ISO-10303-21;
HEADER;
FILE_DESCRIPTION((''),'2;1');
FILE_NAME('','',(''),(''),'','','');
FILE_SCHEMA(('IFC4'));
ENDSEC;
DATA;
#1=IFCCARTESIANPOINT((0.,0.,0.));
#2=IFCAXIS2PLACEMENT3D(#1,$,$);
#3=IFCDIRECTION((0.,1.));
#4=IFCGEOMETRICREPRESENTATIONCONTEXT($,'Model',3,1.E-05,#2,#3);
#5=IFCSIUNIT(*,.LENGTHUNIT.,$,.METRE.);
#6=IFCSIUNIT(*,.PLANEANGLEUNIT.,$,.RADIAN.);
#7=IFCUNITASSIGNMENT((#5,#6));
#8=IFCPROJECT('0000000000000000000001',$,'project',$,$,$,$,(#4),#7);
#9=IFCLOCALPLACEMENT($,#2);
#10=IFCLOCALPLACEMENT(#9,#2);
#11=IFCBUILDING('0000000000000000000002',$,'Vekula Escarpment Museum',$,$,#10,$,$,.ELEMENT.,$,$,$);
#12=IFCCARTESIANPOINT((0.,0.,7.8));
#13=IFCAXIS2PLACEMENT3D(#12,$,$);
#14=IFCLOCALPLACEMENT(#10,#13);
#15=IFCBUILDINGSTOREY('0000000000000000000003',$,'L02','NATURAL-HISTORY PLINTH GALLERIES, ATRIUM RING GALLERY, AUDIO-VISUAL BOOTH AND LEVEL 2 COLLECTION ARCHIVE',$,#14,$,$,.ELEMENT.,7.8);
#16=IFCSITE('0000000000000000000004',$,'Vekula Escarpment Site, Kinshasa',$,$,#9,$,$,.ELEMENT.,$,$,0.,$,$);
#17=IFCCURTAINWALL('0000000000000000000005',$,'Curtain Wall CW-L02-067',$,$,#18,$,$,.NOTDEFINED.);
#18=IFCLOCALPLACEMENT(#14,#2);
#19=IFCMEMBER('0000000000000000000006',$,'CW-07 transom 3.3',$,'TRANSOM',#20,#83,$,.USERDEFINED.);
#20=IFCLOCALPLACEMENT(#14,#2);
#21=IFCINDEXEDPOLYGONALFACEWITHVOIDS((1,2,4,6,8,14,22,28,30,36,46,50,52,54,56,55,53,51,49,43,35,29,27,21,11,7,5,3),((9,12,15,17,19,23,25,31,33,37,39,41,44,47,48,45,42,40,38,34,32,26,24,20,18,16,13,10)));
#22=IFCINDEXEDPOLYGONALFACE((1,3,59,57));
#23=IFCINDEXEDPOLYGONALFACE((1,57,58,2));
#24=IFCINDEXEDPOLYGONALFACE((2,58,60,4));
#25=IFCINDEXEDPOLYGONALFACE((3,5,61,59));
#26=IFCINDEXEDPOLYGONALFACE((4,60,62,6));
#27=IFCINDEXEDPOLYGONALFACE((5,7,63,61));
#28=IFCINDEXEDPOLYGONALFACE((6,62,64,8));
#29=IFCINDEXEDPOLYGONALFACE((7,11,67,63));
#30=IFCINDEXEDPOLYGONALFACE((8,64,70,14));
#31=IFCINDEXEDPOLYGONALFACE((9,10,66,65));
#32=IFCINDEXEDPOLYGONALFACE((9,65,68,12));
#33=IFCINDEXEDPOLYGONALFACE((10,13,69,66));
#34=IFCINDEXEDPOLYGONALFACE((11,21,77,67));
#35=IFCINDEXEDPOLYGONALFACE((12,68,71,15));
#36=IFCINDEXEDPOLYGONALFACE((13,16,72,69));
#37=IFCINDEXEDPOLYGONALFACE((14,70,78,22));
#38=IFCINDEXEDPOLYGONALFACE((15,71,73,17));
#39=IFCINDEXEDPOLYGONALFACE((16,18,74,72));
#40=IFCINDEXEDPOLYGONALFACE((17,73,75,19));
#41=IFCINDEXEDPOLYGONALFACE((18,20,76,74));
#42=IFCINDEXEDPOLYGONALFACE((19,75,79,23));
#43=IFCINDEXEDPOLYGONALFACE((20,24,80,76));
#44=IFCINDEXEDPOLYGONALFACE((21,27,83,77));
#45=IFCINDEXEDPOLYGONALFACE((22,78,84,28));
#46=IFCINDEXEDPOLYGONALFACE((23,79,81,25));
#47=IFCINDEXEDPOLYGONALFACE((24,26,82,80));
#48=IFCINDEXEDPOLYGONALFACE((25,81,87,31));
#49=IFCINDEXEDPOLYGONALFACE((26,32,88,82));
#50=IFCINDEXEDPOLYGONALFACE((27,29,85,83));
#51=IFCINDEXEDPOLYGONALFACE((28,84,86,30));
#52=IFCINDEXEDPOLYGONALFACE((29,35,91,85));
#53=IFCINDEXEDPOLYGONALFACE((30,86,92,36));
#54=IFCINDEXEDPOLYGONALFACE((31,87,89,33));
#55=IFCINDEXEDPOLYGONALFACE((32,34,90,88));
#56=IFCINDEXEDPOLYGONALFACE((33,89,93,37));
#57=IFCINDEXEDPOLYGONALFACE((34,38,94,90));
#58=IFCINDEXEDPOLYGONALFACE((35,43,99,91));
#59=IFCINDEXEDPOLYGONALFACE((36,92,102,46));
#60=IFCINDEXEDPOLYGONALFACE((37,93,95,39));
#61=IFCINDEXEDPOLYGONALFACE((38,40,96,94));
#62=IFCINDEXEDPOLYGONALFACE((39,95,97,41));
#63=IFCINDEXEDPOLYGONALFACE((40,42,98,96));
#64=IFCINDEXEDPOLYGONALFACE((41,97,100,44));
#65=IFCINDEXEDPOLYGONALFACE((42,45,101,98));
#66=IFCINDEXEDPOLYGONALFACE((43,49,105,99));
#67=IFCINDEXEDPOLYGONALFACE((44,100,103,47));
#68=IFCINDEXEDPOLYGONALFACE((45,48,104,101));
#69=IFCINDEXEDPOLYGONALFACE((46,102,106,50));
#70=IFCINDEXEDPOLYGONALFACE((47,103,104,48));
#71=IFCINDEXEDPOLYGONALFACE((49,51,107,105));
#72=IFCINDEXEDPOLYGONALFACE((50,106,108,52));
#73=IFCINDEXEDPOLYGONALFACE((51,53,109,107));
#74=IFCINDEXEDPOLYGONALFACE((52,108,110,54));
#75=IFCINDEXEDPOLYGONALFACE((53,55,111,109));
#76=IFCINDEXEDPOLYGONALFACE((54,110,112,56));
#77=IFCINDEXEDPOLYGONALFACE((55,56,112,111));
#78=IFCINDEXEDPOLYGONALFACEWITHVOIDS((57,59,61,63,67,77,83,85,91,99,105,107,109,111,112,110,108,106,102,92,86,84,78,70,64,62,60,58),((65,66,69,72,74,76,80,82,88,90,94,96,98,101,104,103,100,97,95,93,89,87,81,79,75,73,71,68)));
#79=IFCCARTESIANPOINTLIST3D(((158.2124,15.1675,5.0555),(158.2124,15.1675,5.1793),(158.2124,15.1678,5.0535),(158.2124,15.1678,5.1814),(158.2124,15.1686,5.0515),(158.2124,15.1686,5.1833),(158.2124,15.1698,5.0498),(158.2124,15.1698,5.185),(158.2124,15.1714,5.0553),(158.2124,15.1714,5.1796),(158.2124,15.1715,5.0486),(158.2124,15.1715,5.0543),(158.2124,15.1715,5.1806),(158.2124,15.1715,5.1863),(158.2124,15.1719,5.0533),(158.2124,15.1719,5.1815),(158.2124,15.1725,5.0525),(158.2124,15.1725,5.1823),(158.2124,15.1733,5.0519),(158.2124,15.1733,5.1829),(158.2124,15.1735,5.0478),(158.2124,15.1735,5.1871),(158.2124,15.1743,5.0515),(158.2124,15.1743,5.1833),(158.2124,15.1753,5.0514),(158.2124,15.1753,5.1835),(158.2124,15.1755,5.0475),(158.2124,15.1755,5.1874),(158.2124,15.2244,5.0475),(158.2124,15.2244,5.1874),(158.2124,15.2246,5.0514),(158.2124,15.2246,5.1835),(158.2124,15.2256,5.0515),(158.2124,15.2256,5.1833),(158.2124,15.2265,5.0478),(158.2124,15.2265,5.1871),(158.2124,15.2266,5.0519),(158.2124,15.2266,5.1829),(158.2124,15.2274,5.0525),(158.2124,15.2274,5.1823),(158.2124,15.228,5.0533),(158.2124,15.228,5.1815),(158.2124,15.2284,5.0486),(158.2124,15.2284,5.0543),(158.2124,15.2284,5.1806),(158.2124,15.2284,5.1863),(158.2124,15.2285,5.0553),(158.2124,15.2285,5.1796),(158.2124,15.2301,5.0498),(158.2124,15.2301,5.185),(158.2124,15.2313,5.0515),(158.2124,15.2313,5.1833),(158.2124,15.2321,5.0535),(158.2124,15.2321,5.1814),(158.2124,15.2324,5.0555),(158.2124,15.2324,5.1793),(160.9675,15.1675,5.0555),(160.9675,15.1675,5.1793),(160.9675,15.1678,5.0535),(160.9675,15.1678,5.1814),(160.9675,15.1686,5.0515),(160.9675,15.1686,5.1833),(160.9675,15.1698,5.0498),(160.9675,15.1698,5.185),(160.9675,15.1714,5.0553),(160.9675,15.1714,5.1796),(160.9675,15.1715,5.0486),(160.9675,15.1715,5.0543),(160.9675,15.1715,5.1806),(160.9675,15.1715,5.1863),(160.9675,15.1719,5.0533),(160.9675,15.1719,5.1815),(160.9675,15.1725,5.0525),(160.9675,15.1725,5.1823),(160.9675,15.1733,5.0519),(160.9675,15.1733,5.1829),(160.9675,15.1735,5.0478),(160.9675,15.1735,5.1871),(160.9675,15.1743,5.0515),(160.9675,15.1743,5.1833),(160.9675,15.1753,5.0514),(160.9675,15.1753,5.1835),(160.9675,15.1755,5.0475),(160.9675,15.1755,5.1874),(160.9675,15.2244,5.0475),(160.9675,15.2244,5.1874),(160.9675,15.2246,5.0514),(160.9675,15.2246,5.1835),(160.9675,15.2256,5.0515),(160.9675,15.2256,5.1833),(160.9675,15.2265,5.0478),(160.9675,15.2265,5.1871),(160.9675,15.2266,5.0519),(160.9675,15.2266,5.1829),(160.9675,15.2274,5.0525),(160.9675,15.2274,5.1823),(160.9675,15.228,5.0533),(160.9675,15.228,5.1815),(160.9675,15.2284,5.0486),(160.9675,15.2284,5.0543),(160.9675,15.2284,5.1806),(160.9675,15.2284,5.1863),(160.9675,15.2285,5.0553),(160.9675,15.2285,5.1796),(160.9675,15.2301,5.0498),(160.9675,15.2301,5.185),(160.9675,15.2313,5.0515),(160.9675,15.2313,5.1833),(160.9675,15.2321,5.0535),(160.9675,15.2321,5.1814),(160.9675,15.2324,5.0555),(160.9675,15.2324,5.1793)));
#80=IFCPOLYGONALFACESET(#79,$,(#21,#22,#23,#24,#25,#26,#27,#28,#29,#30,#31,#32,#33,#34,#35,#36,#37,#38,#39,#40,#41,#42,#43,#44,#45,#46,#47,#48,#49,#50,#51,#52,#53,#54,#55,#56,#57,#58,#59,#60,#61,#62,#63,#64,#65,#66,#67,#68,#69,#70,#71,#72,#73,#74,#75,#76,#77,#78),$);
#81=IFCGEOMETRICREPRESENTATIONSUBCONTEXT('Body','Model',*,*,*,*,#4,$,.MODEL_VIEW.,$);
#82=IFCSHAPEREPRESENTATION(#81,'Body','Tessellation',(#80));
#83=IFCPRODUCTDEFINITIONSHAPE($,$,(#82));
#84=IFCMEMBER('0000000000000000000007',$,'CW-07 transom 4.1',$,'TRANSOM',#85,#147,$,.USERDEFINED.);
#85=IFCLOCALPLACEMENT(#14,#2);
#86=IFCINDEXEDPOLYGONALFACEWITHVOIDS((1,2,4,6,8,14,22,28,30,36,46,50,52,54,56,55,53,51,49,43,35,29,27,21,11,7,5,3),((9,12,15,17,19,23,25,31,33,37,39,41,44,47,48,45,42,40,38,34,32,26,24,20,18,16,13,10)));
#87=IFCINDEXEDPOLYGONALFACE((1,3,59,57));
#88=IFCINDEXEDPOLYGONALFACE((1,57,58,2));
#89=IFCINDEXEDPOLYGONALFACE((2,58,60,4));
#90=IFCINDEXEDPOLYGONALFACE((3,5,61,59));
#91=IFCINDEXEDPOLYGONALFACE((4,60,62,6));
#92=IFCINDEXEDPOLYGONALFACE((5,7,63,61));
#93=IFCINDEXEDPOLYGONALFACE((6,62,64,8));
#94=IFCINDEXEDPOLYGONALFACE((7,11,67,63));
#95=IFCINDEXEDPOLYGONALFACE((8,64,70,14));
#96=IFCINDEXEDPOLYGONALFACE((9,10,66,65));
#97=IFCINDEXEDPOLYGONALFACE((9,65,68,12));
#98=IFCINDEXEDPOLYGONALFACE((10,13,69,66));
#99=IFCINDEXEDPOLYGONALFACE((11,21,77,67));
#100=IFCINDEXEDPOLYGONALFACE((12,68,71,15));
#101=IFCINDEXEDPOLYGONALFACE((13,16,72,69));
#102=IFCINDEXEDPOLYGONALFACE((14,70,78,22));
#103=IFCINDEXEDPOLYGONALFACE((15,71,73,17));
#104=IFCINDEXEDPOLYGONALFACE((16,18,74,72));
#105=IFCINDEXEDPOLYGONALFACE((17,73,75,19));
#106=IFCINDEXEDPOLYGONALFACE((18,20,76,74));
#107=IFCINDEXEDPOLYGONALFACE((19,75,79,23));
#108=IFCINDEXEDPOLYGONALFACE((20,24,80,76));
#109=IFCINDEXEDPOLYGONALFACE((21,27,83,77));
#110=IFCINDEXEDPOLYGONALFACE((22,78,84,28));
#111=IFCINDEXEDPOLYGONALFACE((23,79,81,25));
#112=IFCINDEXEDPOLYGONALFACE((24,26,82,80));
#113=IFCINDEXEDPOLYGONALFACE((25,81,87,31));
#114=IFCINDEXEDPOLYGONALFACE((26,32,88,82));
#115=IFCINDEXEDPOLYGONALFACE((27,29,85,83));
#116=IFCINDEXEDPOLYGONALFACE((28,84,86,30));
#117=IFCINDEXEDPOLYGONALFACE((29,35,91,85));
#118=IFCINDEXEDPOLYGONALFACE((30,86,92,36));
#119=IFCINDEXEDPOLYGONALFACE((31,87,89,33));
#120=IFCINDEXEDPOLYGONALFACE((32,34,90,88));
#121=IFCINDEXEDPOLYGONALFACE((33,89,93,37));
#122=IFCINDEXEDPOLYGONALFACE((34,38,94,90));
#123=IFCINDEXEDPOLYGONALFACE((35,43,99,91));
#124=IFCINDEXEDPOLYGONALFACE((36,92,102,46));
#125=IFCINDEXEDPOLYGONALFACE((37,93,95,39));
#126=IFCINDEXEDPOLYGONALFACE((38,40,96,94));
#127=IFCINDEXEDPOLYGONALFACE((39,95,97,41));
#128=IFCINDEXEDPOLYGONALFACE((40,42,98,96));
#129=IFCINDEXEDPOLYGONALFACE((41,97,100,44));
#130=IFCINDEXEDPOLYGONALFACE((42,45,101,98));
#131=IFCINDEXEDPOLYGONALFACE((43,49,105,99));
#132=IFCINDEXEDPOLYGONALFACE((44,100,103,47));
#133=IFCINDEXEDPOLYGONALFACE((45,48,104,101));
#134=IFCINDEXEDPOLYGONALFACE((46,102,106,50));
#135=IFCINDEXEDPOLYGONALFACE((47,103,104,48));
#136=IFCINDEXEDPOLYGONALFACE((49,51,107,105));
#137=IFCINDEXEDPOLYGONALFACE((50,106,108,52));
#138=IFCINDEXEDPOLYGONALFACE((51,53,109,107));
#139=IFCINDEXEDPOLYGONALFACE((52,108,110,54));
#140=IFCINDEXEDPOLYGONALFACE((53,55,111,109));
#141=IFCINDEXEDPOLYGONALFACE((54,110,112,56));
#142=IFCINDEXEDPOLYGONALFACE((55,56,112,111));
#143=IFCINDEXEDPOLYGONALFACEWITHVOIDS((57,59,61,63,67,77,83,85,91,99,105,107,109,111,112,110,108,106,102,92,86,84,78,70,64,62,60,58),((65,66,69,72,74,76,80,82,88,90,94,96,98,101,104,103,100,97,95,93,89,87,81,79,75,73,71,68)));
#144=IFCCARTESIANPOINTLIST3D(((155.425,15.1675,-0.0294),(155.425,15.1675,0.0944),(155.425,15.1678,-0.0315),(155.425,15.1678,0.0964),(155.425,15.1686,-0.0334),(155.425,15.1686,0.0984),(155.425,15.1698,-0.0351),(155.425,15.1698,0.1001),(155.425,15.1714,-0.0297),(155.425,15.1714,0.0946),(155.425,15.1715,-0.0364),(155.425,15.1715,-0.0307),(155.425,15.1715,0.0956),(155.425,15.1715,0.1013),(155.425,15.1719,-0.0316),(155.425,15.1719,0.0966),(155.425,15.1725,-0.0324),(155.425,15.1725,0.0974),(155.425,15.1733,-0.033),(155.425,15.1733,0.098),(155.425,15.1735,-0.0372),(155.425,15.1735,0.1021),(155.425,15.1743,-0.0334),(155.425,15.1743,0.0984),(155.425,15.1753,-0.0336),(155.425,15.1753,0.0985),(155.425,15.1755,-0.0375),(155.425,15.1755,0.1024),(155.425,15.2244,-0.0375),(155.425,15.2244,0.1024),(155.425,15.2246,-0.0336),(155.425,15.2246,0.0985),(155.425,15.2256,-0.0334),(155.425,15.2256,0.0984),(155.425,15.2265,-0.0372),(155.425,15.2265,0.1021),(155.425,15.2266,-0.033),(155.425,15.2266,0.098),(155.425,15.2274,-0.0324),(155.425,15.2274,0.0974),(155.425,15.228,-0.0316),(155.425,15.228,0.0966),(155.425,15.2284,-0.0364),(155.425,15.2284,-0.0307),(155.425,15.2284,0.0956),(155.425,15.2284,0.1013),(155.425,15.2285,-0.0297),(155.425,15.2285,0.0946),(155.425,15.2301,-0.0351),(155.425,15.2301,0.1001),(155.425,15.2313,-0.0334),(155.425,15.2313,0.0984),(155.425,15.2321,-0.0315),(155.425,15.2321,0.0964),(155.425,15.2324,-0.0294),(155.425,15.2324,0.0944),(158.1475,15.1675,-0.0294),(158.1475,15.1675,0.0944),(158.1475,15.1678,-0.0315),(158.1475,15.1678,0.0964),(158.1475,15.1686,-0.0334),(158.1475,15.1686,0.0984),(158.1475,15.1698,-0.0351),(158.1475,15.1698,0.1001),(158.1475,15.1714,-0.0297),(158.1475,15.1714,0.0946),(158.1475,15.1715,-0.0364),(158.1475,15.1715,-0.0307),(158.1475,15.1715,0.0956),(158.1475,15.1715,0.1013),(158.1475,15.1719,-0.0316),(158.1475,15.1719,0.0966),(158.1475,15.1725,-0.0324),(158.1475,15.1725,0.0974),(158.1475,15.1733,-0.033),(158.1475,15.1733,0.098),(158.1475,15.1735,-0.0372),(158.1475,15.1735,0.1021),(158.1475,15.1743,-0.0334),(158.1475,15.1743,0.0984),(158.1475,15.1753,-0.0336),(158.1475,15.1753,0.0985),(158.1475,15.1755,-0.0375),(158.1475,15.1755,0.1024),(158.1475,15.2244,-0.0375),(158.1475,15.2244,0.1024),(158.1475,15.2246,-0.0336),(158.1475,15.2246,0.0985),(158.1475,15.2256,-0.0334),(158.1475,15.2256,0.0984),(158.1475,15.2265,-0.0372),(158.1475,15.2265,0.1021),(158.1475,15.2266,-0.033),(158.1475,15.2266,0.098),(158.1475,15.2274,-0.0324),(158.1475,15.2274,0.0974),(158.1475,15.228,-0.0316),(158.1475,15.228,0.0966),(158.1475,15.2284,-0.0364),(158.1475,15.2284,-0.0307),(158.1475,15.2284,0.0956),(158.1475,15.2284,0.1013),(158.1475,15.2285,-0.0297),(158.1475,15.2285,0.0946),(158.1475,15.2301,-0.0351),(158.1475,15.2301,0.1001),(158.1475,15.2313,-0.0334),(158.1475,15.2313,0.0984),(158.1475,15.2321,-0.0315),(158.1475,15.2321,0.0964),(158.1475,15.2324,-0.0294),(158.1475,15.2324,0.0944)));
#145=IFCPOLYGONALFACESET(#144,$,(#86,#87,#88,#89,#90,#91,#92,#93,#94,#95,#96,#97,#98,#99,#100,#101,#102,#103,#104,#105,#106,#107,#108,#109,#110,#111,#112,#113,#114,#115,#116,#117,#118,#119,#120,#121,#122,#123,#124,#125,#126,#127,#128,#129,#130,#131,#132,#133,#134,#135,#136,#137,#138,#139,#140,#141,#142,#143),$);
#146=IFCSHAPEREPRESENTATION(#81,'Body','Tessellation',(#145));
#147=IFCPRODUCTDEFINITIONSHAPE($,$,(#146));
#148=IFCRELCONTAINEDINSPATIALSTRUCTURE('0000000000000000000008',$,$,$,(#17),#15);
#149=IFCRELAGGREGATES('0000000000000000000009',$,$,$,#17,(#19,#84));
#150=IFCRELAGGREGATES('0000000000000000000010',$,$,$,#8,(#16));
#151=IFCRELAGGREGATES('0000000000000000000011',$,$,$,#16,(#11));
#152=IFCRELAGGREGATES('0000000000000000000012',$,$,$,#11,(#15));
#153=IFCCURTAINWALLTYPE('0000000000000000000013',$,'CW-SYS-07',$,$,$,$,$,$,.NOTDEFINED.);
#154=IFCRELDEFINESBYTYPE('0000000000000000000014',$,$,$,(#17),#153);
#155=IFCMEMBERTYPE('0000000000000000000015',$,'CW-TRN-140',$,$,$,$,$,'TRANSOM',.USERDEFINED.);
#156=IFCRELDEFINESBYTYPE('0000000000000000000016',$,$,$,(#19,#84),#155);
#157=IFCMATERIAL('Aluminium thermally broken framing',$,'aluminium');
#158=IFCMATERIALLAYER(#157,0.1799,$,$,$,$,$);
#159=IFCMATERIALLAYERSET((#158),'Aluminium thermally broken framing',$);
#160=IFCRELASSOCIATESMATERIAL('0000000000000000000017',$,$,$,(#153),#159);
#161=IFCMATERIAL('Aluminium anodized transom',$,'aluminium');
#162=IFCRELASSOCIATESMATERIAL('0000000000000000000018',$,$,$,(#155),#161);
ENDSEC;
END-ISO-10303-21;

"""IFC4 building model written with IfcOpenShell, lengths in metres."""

from ifc_helpers import new_model, si_unit, direction, frame, origin, origin_2d, place, context, subcontext, project, spatial, hollow_rectangle, extrude, material, layer, layer_set, material_profile, profile_set, type_object, element, aggregate, save


model = new_model("IFC4")

# Units and contexts
model_context = context("Model", 3, precision=1e-05, world=origin(), true_north=direction((0.0, 1.0)))
body_context = subcontext(model_context, "Body", "Model", "MODEL_VIEW")
ifc_project = project(units=[si_unit("LENGTHUNIT", "METRE"), si_unit("PLANEANGLEUNIT", "RADIAN")], contexts=[model_context])

# Site, building, storey
site_placement = place(None, origin())
site = spatial("IfcSite", under=ifc_project, at=site_placement, Name="Vekula Escarpment Site, Kinshasa", CompositionType="ELEMENT", RefElevation=0.0)
building_placement = place(site_placement, origin())
building = spatial("IfcBuilding", under=site, at=building_placement, Name="Vekula Escarpment Museum", CompositionType="ELEMENT")
storey_placement = place(building_placement, frame((0.0, 0.0, 7.8)))
storey = spatial("IfcBuildingStorey", under=building, at=storey_placement, Name="L02", Description="NATURAL-HISTORY PLINTH GALLERIES, ATRIUM RING GALLERY, AUDIO-VISUAL BOOTH AND LEVEL 2 COLLECTION ARCHIVE", CompositionType="ELEMENT", Elevation=7.8)

# Curtain wall, members
ifc_material_1 = material(Name="Aluminium thermally broken framing", Category="aluminium")
ifc_layer_1 = layer(ifc_material_1, 0.1799)
ifc_layer_set_1 = layer_set([ifc_layer_1], Name="Aluminium thermally broken framing")
curtain_wall_type = type_object("IfcCurtainWallType", Name="CW-SYS-07", PredefinedType="NOTDEFINED", material=ifc_layer_set_1)
curtain_wall_placement = place(storey_placement, origin())
curtain_wall = element("IfcCurtainWall", 1, at=curtain_wall_placement, inside=storey, type_object=curtain_wall_type, Name="Curtain Wall CW-L02-067", PredefinedType="NOTDEFINED")
ifc_material_2 = material(Name="Aluminium anodized transom", Category="aluminium")
ifc_material_profile_1 = material_profile(ifc_material_2, hollow_rectangle(XDim=0.0649, YDim=0.1399, WallThickness=0.0039, InnerFilletRadius=0.0039, OuterFilletRadius=0.0081, at=origin_2d()), Name="ALU 140x65x4")
ifc_profile_set_1 = profile_set([ifc_material_profile_1], Name="Aluminium anodized transom")
member_type_1 = type_object("IfcMemberType", Name="CW-TRN-140", ElementType="TRANSOM", PredefinedType="USERDEFINED", material=ifc_profile_set_1)
member_1_placement = place(storey_placement, frame((160.9675, 15.2, 5.1174), z_axis=(-1.0, 0.0, 0.0), x_axis=(0.0, -1.0, 0.0)))
member_1 = element("IfcMember", 2, at=member_1_placement, type_object=member_type_1, Name="CW-07 transom 3.3", ObjectType="TRANSOM", PredefinedType="USERDEFINED", context=body_context, shape_type="SweptSolid", body=[
    extrude(hollow_rectangle(XDim=0.0649, YDim=0.1399, WallThickness=0.0039, InnerFilletRadius=0.0039, OuterFilletRadius=0.0081, at=origin_2d()), origin(), (0.0, 0.0, 1.0), 2.7551),
])
member_2_placement = place(storey_placement, frame((158.1475, 15.2, 0.0325), z_axis=(-1.0, 0.0, 0.0), x_axis=(0.0, -1.0, 0.0)))
member_2 = element("IfcMember", 3, at=member_2_placement, type_object=member_type_1, Name="CW-07 transom 4.1", ObjectType="TRANSOM", PredefinedType="USERDEFINED", context=body_context, shape_type="SweptSolid", body=[
    extrude(hollow_rectangle(XDim=0.0649, YDim=0.1399, WallThickness=0.0039, InnerFilletRadius=0.0039, OuterFilletRadius=0.0081, at=origin_2d()), origin(), (0.0, 0.0, 1.0), 2.7224),
])
aggregate(curtain_wall, [member_1, member_2])

save(model, "model.ifc")
